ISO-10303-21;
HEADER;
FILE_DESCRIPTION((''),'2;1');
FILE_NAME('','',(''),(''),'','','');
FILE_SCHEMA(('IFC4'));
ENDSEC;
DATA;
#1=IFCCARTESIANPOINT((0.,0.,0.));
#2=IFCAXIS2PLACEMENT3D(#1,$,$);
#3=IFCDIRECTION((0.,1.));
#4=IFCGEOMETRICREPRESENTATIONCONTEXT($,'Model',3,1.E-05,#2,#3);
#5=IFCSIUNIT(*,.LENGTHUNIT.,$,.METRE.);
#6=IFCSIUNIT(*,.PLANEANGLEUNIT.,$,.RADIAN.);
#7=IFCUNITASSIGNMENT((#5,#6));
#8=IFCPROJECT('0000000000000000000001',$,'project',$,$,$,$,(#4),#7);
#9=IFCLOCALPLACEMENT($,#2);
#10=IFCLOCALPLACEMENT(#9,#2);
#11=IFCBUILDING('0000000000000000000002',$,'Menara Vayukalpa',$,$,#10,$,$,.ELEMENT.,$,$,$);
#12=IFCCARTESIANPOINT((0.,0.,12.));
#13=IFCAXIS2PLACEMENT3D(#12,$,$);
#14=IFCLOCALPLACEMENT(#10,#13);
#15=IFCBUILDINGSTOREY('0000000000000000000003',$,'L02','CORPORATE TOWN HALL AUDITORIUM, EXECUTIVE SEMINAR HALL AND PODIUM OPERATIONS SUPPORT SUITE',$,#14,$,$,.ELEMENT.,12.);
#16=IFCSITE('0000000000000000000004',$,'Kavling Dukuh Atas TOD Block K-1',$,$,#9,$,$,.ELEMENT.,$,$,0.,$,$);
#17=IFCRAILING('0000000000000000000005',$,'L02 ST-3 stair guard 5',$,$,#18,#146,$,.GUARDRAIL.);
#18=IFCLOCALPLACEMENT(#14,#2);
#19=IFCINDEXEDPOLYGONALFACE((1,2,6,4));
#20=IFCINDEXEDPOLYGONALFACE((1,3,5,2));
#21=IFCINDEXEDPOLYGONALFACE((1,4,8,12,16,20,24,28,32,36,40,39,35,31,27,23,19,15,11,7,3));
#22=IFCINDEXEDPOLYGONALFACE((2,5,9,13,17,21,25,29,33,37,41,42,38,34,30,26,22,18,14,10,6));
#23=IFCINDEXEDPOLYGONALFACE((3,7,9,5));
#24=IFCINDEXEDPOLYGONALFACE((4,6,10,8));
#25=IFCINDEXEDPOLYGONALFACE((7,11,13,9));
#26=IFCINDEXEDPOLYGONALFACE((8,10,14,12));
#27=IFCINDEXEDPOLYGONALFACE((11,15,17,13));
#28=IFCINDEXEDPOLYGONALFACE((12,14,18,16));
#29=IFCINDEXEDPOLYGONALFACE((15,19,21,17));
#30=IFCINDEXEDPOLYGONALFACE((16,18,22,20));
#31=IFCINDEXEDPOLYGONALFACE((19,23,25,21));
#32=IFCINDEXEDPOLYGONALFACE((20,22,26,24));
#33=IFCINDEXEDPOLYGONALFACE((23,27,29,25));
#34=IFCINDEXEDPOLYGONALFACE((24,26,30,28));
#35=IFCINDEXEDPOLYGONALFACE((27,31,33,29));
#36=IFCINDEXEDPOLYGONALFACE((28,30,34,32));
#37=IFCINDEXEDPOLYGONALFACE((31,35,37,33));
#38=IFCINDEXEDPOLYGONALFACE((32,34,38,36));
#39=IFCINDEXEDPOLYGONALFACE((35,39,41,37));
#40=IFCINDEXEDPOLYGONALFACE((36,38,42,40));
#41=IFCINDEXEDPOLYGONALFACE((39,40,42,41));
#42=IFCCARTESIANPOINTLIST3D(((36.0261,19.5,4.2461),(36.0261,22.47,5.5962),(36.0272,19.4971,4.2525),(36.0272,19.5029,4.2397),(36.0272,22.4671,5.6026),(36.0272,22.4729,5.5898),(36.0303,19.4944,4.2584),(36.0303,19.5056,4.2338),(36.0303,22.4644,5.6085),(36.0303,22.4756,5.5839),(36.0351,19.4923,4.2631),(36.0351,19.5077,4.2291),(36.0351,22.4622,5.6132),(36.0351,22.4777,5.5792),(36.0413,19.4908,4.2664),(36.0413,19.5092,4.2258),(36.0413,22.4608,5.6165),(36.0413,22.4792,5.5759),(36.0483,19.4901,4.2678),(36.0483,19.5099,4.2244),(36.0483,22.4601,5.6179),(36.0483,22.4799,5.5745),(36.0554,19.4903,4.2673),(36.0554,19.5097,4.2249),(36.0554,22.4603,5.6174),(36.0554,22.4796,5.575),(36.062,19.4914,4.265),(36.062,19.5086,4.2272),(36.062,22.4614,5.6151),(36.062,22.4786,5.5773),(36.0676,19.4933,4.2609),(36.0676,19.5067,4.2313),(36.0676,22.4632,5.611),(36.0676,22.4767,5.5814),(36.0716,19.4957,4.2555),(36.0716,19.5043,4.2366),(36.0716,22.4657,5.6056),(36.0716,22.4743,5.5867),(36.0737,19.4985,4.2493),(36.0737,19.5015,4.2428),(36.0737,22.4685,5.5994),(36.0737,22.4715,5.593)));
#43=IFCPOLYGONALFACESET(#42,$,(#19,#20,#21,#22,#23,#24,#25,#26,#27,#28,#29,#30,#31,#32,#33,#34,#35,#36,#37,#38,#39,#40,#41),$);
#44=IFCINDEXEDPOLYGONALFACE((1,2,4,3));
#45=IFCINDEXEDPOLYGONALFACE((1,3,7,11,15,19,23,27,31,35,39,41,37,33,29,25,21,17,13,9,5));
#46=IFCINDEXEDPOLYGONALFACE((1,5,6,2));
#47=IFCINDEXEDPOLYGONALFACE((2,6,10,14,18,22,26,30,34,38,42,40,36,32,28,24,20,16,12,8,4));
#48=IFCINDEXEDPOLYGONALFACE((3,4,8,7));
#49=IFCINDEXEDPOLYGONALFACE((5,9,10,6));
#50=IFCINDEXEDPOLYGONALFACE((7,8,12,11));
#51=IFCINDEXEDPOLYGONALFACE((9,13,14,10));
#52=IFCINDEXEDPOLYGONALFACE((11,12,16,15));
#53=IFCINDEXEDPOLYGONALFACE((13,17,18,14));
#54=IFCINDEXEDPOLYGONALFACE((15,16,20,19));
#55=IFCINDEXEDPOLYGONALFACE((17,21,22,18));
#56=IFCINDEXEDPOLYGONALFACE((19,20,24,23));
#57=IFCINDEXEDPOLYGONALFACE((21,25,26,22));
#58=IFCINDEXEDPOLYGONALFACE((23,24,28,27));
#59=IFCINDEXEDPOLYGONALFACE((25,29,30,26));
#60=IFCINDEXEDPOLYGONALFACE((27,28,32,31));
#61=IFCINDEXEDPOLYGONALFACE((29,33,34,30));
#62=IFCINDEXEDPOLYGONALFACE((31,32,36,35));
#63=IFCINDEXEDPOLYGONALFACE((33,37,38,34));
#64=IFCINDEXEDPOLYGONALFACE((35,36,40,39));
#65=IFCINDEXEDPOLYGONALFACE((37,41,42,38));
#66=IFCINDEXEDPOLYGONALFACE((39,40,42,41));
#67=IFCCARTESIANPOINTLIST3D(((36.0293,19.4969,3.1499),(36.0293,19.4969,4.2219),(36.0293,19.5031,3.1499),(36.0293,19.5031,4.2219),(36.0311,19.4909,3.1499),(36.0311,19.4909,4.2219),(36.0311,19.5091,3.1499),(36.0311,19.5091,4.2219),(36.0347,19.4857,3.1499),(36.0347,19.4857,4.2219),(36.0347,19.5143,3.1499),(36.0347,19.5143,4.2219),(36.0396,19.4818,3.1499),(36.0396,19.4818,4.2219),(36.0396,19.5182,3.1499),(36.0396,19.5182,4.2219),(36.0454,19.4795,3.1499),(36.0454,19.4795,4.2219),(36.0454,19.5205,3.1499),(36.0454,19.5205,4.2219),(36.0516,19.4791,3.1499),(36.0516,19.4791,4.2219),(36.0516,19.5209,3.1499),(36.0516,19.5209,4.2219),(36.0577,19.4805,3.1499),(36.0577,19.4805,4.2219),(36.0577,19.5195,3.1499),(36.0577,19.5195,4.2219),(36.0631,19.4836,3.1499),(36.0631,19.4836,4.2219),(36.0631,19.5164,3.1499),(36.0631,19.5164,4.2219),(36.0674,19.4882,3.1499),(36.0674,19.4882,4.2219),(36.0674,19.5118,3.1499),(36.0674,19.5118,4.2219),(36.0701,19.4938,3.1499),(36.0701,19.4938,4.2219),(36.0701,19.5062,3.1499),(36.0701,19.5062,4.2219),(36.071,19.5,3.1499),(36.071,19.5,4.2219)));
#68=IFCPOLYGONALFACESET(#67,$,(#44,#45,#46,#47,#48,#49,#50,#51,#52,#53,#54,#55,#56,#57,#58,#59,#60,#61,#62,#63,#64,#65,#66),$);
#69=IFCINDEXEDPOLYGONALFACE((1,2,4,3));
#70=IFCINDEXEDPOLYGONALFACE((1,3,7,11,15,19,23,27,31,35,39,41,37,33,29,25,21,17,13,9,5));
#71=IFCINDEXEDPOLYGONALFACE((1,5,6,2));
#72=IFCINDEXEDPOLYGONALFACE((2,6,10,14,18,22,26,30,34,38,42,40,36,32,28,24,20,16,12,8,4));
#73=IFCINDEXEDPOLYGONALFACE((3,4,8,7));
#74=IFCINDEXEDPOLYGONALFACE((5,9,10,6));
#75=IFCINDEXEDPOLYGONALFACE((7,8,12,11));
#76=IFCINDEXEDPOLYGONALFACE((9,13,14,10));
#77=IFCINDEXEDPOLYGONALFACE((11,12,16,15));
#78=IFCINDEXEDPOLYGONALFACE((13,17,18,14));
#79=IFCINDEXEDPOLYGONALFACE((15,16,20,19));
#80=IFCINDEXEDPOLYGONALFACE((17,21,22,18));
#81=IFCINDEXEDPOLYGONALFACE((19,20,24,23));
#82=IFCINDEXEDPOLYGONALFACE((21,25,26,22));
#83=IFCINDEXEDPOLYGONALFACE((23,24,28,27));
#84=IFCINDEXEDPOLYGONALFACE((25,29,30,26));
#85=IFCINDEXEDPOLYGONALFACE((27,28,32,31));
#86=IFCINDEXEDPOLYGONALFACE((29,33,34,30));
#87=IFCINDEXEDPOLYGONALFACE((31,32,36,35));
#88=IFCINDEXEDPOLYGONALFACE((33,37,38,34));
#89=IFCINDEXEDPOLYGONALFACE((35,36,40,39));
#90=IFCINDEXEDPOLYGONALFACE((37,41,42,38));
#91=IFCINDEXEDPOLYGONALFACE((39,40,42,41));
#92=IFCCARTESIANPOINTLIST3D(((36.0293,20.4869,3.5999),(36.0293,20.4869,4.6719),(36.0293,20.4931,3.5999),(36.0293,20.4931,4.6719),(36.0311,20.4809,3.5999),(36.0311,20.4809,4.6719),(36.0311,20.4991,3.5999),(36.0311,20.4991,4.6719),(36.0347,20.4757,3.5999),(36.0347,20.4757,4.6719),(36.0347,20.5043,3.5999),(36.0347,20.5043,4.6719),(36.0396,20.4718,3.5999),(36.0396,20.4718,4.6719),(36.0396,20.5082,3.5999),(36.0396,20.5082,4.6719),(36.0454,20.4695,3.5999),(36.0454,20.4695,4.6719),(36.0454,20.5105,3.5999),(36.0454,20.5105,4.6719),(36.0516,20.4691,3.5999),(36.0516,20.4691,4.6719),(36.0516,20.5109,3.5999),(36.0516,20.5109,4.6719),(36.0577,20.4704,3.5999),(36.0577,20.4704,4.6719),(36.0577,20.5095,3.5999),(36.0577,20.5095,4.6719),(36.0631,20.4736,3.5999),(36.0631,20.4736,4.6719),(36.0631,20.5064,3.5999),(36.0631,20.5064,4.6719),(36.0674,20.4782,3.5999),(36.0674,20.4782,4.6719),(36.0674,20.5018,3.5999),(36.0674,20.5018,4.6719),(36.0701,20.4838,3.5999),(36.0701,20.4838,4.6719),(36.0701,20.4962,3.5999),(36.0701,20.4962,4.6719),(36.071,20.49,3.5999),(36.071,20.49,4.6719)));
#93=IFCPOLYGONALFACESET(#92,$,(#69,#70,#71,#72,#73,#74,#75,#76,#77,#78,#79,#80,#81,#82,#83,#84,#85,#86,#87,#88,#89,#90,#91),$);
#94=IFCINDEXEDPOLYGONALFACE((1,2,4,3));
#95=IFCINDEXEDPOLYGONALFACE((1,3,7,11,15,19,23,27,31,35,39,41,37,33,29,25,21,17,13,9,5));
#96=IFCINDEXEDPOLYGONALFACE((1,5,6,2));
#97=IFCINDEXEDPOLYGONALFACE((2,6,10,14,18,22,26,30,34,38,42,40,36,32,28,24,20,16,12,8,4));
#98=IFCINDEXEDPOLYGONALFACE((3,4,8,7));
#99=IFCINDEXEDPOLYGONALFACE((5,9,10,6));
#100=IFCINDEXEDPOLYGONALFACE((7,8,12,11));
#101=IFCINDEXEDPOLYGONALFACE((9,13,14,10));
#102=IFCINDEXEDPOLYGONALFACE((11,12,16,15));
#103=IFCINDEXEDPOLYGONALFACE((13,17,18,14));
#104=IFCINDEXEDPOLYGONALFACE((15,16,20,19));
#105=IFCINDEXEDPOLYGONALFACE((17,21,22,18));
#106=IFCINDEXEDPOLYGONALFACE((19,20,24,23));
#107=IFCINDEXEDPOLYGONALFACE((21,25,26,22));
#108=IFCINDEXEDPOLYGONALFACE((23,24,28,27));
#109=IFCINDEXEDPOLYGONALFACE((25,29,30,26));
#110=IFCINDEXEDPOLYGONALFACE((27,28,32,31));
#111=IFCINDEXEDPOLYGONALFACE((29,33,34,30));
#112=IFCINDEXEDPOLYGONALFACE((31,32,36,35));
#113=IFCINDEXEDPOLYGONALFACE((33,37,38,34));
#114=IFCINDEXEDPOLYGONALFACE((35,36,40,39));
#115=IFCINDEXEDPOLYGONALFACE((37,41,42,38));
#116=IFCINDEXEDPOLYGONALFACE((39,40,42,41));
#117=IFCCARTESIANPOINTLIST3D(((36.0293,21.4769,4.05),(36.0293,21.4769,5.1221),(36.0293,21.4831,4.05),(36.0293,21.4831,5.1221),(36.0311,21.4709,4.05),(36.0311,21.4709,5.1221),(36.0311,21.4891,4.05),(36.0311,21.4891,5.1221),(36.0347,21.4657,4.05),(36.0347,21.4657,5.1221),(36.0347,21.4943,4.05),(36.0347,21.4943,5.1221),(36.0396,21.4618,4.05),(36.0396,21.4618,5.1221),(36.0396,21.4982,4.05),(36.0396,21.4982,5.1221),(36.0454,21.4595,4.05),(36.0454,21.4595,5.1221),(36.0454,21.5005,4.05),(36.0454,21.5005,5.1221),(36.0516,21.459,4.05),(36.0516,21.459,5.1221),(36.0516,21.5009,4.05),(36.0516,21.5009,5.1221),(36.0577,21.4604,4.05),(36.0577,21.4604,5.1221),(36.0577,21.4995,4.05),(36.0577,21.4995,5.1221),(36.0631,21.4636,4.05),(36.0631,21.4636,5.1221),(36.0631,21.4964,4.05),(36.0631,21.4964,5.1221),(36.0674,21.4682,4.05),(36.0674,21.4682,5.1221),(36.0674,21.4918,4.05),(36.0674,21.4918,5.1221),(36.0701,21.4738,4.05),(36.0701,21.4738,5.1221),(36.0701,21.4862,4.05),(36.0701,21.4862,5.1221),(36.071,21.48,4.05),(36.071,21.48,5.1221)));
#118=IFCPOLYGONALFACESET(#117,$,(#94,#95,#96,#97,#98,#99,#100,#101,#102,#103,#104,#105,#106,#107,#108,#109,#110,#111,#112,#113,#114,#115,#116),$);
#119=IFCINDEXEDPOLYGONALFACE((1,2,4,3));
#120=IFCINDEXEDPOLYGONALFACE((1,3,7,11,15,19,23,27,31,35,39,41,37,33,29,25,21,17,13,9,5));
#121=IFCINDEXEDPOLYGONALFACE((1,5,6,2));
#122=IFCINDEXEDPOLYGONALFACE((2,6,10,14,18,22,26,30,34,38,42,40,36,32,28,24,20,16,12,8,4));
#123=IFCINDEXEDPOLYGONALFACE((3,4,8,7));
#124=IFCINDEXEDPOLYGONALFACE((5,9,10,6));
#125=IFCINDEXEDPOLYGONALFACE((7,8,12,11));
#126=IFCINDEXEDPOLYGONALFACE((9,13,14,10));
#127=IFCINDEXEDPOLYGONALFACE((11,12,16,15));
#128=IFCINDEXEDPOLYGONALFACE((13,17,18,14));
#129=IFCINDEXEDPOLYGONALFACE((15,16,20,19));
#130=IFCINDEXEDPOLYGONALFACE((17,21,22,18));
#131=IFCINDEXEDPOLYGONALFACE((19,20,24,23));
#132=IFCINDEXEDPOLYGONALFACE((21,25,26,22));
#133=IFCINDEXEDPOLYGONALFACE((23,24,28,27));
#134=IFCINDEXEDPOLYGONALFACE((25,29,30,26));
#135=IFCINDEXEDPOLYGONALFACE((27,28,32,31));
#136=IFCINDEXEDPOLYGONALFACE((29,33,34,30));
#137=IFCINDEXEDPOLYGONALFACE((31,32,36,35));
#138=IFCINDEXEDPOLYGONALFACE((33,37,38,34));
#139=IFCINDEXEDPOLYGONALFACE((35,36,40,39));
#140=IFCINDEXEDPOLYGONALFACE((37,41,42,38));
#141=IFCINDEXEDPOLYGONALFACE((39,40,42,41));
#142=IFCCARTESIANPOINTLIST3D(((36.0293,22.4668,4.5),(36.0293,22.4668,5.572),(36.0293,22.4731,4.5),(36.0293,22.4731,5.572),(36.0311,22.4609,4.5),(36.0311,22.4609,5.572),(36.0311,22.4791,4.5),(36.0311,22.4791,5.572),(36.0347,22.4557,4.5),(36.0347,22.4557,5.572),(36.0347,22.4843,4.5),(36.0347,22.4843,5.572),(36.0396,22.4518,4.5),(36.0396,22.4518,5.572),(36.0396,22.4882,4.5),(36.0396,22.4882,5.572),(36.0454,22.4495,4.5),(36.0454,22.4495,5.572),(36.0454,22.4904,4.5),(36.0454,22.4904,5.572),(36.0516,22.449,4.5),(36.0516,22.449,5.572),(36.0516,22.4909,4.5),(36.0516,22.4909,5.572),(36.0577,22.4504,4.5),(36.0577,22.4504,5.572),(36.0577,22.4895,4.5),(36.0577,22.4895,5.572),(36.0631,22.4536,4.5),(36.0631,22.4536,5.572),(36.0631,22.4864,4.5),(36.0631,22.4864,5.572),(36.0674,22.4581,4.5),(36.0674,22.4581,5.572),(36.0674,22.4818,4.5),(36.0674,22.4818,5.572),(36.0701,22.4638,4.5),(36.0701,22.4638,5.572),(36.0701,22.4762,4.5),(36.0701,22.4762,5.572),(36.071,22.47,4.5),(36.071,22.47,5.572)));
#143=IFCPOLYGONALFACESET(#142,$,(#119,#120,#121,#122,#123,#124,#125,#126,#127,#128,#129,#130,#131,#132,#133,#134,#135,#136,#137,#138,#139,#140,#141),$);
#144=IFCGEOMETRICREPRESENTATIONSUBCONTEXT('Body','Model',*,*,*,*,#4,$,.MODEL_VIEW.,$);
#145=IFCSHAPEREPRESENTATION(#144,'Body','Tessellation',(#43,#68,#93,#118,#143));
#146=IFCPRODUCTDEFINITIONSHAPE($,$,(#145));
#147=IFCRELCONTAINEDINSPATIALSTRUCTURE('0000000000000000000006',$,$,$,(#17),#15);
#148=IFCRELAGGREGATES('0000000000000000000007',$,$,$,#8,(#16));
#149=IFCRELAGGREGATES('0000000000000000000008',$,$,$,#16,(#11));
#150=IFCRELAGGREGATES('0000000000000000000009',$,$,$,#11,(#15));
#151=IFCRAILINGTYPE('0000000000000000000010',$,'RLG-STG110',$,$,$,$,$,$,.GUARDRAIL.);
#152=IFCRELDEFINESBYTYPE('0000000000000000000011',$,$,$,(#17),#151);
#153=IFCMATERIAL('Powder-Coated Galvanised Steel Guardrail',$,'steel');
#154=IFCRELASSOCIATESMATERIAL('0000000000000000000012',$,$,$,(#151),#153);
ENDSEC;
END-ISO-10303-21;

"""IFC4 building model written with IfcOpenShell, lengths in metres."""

from ifc_helpers import new_model, si_unit, direction, frame, origin, origin_2d, place, context, subcontext, project, spatial, circle, extrude, material, type_object, element, save


model = new_model("IFC4")

# Units and contexts
model_context = context("Model", 3, precision=1e-05, world=origin(), true_north=direction((0.0, 1.0)))
body_context = subcontext(model_context, "Body", "Model", "MODEL_VIEW")
ifc_project = project(units=[si_unit("LENGTHUNIT", "METRE"), si_unit("PLANEANGLEUNIT", "RADIAN")], contexts=[model_context])

# Site, building, storey
site_placement = place(None, origin())
site = spatial("IfcSite", under=ifc_project, at=site_placement, Name="Kavling Dukuh Atas TOD Block K-1", CompositionType="ELEMENT", RefElevation=0.0)
building_placement = place(site_placement, origin())
building = spatial("IfcBuilding", under=site, at=building_placement, Name="Menara Vayukalpa", CompositionType="ELEMENT")
storey_placement = place(building_placement, frame((0.0, 0.0, 12.0)))
storey = spatial("IfcBuildingStorey", under=building, at=storey_placement, Name="L02", Description="CORPORATE TOWN HALL AUDITORIUM, EXECUTIVE SEMINAR HALL AND PODIUM OPERATIONS SUPPORT SUITE", CompositionType="ELEMENT", Elevation=12.0)

# Railing
ifc_material_1 = material(Name="Powder-Coated Galvanised Steel Guardrail", Category="steel")
railing_type_1 = type_object("IfcRailingType", Name="RLG-STG110", PredefinedType="GUARDRAIL", material=ifc_material_1)
railing_1_placement = place(storey_placement, frame((36.05, 19.5, 3.1499)))
element("IfcRailing", 1, at=railing_1_placement, inside=storey, type_object=railing_type_1, Name="L02 ST-3 stair guard 5", PredefinedType="GUARDRAIL", context=body_context, shape_type="SweptSolid", body=[
    extrude(circle(Radius=0.0239, at=origin_2d()), frame((0.0, 0.0, 1.0962), z_axis=(0.0, 0.910354, 0.413831), x_axis=(-1.0, 0.0, 0.0)), (0.0, 0.0, 1.0), 3.2625),
    extrude(circle(Radius=0.021, at=origin_2d()), origin(), (0.0, 0.0, 1.0), 1.072),
    extrude(circle(Radius=0.021, at=origin_2d()), frame((0.0, 0.99, 0.45)), (0.0, 0.0, 1.0), 1.072),
    extrude(circle(Radius=0.021, at=origin_2d()), frame((0.0, 1.98, 0.9001)), (0.0, 0.0, 1.0), 1.072),
    extrude(circle(Radius=0.021, at=origin_2d()), frame((0.0, 2.97, 1.3501)), (0.0, 0.0, 1.0), 1.072),
])

save(model, "model.ifc")
